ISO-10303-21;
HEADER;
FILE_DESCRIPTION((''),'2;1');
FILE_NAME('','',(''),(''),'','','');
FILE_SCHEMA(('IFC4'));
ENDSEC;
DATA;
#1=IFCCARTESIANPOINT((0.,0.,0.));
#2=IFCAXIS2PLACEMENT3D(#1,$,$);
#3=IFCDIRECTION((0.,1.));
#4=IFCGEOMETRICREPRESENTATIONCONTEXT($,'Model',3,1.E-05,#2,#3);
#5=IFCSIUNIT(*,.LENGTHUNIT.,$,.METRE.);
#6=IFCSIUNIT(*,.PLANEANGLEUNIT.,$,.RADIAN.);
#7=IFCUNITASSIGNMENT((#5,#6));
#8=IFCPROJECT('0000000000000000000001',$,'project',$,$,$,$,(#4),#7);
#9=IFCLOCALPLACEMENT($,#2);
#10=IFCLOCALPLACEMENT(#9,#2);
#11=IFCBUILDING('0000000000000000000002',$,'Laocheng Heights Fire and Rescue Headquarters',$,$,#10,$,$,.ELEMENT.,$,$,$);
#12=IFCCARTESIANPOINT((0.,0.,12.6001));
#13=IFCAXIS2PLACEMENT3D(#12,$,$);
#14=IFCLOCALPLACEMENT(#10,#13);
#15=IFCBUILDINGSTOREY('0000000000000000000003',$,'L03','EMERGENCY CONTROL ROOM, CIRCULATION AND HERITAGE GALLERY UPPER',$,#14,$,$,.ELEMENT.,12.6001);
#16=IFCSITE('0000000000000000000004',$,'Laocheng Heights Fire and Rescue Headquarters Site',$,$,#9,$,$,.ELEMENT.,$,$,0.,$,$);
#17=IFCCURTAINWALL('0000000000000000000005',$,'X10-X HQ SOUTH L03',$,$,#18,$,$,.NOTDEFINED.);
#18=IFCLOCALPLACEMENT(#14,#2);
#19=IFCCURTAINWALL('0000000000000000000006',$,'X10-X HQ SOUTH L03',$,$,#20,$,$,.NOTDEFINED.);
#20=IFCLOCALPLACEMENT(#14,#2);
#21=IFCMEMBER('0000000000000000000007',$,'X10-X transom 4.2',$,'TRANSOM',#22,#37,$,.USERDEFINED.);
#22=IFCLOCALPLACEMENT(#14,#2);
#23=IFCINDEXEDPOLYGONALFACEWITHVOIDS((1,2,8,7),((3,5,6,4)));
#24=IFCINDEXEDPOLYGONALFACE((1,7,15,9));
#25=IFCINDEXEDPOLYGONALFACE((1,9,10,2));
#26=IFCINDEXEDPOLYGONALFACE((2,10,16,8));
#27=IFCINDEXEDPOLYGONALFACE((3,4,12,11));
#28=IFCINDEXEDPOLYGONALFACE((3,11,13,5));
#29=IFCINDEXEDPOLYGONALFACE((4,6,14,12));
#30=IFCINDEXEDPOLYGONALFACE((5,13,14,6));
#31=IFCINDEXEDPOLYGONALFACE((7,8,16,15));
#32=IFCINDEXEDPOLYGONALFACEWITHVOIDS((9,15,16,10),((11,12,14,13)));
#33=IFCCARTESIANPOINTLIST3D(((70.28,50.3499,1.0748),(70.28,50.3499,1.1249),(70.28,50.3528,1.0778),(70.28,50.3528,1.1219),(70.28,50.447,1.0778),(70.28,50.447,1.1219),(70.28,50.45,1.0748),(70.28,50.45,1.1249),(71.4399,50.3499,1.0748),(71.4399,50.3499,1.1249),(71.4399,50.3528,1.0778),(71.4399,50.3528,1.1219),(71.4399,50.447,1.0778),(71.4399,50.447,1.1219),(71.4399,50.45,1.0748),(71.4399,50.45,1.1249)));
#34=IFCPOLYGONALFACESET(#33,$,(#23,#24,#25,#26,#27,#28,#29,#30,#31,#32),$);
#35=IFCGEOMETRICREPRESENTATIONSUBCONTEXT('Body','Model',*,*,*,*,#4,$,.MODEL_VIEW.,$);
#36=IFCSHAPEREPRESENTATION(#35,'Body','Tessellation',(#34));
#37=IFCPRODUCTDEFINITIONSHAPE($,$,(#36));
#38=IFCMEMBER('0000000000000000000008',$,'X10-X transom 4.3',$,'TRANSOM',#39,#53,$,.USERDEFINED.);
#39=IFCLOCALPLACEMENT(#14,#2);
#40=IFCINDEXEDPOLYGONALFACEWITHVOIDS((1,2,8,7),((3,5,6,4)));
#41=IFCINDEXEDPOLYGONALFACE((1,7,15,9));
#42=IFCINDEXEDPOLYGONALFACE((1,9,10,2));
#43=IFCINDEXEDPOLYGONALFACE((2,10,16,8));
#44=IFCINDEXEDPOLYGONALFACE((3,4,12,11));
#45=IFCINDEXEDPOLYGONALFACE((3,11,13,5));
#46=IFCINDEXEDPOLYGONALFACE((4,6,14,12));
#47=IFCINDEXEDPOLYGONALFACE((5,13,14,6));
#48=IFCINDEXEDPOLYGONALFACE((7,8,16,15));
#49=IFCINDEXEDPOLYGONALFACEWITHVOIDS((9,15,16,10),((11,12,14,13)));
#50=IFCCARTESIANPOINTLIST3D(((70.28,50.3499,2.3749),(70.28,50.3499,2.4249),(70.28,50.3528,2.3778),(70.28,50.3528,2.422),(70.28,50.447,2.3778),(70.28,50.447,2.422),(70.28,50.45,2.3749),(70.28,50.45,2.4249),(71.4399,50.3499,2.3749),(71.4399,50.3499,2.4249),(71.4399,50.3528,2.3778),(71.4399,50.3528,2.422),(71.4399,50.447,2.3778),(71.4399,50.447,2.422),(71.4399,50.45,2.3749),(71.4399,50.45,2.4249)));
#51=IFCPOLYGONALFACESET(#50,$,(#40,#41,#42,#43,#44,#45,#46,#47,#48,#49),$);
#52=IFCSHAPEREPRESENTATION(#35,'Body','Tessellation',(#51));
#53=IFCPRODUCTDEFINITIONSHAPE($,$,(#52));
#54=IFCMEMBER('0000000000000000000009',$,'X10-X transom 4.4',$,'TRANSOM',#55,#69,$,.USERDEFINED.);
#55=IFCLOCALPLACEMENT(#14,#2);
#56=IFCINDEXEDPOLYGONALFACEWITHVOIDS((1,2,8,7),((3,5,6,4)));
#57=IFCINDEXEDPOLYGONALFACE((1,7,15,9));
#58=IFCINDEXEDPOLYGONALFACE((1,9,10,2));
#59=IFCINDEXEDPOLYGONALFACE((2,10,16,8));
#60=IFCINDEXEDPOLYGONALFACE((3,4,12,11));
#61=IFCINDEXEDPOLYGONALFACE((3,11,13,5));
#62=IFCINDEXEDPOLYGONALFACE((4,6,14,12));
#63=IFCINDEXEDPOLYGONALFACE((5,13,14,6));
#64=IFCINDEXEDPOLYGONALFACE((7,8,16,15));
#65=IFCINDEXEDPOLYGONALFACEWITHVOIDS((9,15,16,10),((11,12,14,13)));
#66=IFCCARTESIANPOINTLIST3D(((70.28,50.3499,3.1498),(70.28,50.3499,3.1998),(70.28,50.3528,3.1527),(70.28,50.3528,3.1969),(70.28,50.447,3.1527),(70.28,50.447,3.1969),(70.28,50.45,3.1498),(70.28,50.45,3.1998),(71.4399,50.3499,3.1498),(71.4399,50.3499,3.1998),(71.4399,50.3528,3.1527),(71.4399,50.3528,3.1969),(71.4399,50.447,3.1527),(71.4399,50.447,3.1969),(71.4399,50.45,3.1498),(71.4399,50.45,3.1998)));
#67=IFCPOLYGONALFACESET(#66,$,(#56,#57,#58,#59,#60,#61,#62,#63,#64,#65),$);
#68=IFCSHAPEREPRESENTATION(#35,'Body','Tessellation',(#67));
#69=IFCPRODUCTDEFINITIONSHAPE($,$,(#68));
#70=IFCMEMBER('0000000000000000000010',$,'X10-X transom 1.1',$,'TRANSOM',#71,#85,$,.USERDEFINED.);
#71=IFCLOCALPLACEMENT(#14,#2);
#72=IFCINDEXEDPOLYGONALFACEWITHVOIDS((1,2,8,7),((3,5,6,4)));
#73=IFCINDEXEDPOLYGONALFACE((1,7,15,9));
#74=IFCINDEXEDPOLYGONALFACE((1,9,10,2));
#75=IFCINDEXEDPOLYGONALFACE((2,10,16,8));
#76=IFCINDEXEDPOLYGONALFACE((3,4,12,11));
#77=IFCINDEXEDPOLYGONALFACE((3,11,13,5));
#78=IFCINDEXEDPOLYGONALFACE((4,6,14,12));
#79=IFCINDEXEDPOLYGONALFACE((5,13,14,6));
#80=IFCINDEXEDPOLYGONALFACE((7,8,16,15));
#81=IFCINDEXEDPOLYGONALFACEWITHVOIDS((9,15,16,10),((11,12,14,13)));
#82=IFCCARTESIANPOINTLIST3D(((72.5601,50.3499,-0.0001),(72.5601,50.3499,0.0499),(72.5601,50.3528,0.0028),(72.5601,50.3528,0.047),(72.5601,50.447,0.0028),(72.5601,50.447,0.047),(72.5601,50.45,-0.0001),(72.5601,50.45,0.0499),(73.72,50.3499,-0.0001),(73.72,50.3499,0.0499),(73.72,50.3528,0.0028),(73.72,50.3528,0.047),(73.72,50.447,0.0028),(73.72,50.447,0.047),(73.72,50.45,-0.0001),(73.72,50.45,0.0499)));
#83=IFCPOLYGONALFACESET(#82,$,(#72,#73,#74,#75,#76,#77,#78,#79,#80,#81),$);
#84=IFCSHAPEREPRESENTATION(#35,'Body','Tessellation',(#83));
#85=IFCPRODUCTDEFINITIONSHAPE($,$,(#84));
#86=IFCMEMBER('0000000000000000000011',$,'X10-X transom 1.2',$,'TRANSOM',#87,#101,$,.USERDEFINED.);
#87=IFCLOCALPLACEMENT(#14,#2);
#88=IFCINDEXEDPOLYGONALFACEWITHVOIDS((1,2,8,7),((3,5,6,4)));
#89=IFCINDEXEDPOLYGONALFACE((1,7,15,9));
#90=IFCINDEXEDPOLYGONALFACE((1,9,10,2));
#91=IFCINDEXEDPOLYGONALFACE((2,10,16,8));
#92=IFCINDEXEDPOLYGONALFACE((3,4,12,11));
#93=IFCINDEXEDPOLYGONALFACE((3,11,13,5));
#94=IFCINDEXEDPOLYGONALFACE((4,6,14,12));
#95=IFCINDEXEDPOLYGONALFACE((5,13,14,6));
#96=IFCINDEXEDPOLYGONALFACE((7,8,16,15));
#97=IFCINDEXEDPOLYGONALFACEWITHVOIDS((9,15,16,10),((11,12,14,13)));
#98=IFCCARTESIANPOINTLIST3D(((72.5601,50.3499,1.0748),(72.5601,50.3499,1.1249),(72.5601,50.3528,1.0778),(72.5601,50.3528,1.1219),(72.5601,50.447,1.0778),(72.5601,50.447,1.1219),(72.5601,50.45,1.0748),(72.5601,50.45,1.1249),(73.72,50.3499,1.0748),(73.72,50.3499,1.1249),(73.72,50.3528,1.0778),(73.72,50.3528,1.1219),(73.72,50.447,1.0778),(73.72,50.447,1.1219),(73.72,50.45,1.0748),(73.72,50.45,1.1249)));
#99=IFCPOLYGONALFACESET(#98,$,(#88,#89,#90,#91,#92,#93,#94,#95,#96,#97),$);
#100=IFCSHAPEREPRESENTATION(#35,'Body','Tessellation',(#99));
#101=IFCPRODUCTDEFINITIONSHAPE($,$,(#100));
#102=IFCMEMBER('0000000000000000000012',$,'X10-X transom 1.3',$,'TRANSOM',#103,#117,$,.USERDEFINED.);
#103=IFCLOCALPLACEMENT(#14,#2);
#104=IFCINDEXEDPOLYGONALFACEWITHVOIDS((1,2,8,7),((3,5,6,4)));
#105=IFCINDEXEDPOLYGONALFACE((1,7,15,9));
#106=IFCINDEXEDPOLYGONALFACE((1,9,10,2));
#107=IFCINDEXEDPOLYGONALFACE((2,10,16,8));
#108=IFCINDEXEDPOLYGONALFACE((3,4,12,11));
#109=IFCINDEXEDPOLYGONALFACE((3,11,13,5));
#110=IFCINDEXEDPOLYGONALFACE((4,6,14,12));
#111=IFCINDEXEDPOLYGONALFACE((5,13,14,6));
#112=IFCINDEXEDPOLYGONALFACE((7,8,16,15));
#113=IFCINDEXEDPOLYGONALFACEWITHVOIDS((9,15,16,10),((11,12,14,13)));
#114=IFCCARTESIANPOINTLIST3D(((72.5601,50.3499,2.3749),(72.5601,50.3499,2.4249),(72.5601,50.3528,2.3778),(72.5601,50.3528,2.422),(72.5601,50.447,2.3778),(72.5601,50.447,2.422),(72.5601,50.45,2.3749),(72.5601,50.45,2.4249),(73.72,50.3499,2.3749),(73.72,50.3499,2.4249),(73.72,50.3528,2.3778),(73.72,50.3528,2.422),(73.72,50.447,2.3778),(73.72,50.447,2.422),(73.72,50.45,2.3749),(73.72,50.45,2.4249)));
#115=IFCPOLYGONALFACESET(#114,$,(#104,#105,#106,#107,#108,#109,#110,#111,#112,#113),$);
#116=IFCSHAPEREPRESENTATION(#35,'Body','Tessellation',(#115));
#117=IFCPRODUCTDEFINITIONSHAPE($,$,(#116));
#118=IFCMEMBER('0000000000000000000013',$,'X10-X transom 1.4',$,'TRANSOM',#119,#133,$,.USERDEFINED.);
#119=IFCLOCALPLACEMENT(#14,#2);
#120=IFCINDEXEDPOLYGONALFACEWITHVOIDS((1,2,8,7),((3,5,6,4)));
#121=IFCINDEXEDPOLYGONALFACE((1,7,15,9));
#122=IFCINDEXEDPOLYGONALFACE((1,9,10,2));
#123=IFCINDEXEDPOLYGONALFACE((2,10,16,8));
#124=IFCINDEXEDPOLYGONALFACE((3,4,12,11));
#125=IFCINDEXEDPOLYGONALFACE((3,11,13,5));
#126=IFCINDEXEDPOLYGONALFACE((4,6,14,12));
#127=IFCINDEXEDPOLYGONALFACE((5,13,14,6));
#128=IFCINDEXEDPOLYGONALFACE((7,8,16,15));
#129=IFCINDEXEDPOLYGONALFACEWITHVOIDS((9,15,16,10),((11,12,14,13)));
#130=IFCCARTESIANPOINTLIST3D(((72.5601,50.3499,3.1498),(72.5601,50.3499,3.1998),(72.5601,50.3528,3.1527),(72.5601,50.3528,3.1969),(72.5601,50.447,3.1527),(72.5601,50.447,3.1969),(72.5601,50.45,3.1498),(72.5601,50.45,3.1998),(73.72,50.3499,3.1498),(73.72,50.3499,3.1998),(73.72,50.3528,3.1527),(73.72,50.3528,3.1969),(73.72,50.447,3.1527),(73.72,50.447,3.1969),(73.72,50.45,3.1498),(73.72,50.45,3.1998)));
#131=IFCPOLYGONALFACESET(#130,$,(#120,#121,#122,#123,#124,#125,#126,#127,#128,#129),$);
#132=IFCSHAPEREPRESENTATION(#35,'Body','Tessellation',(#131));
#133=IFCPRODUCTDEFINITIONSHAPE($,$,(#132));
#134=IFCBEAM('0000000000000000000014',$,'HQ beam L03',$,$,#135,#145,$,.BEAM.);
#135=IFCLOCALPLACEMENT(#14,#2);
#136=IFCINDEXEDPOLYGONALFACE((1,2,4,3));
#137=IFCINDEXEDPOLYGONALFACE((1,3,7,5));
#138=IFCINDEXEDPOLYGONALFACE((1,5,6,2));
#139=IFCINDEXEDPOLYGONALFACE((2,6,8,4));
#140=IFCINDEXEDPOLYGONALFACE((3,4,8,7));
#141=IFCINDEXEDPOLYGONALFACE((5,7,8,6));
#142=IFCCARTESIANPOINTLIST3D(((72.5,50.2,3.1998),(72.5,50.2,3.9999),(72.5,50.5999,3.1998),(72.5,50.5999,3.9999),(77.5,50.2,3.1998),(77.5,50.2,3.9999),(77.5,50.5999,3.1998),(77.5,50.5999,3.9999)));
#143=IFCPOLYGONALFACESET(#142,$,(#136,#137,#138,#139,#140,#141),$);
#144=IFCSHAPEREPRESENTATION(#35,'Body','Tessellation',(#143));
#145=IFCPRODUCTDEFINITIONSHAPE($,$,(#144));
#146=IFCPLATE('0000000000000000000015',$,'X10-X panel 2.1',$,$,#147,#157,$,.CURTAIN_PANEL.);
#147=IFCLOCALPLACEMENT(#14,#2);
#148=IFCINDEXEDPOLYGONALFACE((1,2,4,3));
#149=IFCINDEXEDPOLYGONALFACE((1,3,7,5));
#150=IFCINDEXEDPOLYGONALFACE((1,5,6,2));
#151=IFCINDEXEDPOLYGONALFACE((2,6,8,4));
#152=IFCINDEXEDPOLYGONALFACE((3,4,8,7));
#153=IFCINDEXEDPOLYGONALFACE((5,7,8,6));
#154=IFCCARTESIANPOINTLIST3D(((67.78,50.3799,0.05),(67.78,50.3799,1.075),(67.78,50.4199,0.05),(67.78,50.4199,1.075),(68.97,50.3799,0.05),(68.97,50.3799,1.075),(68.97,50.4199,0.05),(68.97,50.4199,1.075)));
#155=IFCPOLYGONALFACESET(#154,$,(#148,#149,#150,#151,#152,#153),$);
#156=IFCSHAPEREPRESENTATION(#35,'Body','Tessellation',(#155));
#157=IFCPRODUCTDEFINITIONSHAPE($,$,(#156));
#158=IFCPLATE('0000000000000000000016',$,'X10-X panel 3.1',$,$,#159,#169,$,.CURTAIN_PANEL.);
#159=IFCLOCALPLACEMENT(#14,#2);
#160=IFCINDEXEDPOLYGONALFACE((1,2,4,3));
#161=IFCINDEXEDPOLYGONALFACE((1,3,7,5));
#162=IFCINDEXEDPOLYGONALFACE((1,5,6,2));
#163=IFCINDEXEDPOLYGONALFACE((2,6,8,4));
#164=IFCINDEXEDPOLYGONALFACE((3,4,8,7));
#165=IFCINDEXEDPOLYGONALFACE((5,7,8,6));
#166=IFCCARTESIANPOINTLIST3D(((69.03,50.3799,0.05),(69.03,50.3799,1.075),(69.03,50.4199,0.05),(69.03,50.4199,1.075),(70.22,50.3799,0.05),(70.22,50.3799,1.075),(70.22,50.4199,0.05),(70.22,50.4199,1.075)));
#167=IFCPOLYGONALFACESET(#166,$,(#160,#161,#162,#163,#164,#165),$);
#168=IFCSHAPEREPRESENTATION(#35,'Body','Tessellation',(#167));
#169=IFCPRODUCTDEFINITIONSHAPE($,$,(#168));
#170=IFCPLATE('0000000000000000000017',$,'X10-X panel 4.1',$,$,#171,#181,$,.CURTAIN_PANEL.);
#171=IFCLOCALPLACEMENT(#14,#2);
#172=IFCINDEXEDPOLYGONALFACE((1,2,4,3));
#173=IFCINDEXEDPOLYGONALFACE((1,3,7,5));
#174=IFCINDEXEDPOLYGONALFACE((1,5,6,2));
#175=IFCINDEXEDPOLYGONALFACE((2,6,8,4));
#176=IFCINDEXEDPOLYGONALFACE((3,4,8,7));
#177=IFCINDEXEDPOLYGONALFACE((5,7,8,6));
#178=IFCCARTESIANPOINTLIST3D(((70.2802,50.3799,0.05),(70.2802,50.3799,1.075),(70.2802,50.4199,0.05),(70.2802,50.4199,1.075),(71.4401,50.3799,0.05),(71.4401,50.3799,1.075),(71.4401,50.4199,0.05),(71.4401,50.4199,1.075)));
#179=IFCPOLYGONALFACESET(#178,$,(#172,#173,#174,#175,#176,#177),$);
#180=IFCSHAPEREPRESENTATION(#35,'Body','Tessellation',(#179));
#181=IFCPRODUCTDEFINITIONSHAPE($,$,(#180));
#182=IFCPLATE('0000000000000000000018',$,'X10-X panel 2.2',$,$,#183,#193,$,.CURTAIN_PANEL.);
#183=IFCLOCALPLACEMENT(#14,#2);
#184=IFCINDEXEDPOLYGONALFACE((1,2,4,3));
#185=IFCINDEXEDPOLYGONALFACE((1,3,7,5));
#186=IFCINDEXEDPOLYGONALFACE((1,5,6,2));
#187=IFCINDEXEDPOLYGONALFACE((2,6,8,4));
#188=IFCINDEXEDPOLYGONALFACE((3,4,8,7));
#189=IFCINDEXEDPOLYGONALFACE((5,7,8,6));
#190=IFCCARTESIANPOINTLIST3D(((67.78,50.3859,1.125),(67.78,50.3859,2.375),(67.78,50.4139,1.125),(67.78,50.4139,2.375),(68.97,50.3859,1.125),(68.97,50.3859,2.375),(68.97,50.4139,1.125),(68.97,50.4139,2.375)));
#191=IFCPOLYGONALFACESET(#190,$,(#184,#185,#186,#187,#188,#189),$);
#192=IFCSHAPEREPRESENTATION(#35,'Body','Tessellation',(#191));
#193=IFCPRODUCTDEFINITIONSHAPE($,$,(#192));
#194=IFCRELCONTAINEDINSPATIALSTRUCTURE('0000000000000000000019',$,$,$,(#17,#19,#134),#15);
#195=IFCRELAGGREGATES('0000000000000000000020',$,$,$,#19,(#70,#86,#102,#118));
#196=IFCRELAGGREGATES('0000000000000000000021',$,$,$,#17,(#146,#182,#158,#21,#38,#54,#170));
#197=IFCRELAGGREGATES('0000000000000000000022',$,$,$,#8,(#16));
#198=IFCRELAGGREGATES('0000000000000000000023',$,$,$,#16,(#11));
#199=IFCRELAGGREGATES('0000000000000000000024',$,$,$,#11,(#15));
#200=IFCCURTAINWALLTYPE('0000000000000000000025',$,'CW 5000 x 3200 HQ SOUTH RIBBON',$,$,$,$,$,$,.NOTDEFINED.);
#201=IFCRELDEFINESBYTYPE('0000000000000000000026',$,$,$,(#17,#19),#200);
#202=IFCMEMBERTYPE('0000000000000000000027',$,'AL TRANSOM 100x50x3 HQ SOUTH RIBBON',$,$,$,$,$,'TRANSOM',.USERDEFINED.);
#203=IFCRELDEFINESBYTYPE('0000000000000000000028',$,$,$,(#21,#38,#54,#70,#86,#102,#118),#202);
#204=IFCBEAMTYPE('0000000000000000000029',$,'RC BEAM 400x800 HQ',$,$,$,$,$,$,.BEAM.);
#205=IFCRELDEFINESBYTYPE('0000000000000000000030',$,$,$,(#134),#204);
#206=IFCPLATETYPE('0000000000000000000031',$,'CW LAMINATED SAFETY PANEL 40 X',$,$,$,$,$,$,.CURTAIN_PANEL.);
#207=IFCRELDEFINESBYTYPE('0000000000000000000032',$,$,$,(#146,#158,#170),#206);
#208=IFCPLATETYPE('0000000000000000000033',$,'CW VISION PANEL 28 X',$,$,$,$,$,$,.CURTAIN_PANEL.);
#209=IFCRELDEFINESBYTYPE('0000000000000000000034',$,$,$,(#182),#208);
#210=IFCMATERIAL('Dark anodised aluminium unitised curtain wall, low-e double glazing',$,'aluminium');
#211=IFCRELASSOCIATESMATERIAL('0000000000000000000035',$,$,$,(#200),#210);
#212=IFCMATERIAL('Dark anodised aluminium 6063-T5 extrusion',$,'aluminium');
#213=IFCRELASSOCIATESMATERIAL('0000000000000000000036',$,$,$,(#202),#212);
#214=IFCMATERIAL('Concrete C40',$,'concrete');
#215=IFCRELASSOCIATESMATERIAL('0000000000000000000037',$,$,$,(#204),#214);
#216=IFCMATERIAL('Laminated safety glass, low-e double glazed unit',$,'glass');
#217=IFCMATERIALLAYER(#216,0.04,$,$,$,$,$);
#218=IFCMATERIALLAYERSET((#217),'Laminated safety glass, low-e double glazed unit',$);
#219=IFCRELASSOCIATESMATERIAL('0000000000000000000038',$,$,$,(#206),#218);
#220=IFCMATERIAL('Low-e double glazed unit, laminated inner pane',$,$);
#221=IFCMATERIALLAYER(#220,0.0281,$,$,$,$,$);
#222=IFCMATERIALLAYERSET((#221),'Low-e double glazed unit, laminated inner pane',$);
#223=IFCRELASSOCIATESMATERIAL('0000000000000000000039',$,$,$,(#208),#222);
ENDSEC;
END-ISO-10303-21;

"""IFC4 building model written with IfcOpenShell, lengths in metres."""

from ifc_helpers import new_model, si_unit, direction, frame, origin, origin_2d, place, context, subcontext, project, spatial, rectangle, hollow_rectangle, extrude, material, layer, layer_set, material_profile, profile_set, type_object, element, aggregate, save


model = new_model("IFC4")

# Units and contexts
model_context = context("Model", 3, precision=1e-05, world=origin(), true_north=direction((0.0, 1.0)))
body_context = subcontext(model_context, "Body", "Model", "MODEL_VIEW")
ifc_project = project(units=[si_unit("LENGTHUNIT", "METRE"), si_unit("PLANEANGLEUNIT", "RADIAN")], contexts=[model_context])

# Site, building, storey
site_placement = place(None, origin())
site = spatial("IfcSite", under=ifc_project, at=site_placement, Name="Laocheng Heights Fire and Rescue Headquarters Site", CompositionType="ELEMENT", RefElevation=0.0)
building_placement = place(site_placement, origin())
building = spatial("IfcBuilding", under=site, at=building_placement, Name="Laocheng Heights Fire and Rescue Headquarters", CompositionType="ELEMENT")
storey_placement = place(building_placement, frame((0.0, 0.0, 12.6001)))
storey = spatial("IfcBuildingStorey", under=building, at=storey_placement, Name="L03", Description="EMERGENCY CONTROL ROOM, CIRCULATION AND HERITAGE GALLERY UPPER", CompositionType="ELEMENT", Elevation=12.6001)

# Curtain wall
ifc_material_1 = material(Name="Dark anodised aluminium unitised curtain wall, low-e double glazing", Category="aluminium")
curtain_wall_type = type_object("IfcCurtainWallType", Name="CW 5000 x 3200 HQ SOUTH RIBBON", PredefinedType="NOTDEFINED", material=ifc_material_1)
curtain_wall_1_placement = place(storey_placement, origin())
curtain_wall_1 = element("IfcCurtainWall", 1, at=curtain_wall_1_placement, inside=storey, type_object=curtain_wall_type, Name="X10-X HQ SOUTH L03", PredefinedType="NOTDEFINED")

# Curtain wall
curtain_wall_2_placement = place(storey_placement, origin())
curtain_wall_2 = element("IfcCurtainWall", 2, at=curtain_wall_2_placement, inside=storey, type_object=curtain_wall_type, Name="X10-X HQ SOUTH L03", PredefinedType="NOTDEFINED")

# Members
ifc_material_2 = material(Name="Dark anodised aluminium 6063-T5 extrusion", Category="aluminium")
ifc_material_profile_1 = material_profile(ifc_material_2, hollow_rectangle(XDim=0.1001, YDim=0.05, WallThickness=0.0029, at=origin_2d()), Name="AL TRANSOM 100x50x3 HQ SOUTH RIBBON")
ifc_profile_set_1 = profile_set([ifc_material_profile_1], Name="Dark anodised aluminium 6063-T5 extrusion")
member_type_1 = type_object("IfcMemberType", Name="AL TRANSOM 100x50x3 HQ SOUTH RIBBON", ElementType="TRANSOM", PredefinedType="USERDEFINED", material=ifc_profile_set_1)
member_1_placement = place(storey_placement, frame((70.28, 50.3999, 1.0999), z_axis=(1.0, 0.0, 0.0), x_axis=(0.0, 1.0, 0.0)))
member_1 = element("IfcMember", 3, at=member_1_placement, type_object=member_type_1, Name="X10-X transom 4.2", ObjectType="TRANSOM", PredefinedType="USERDEFINED", context=body_context, shape_type="SweptSolid", body=[
    extrude(hollow_rectangle(XDim=0.1001, YDim=0.05, WallThickness=0.0029, at=origin_2d()), origin(), (0.0, 0.0, 1.0), 1.1599),
])
member_2_placement = place(storey_placement, frame((70.28, 50.3999, 2.3999), z_axis=(1.0, 0.0, 0.0), x_axis=(0.0, 1.0, 0.0)))
member_2 = element("IfcMember", 4, at=member_2_placement, type_object=member_type_1, Name="X10-X transom 4.3", ObjectType="TRANSOM", PredefinedType="USERDEFINED", context=body_context, shape_type="SweptSolid", body=[
    extrude(hollow_rectangle(XDim=0.1001, YDim=0.05, WallThickness=0.0029, at=origin_2d()), origin(), (0.0, 0.0, 1.0), 1.1599),
])
member_3_placement = place(storey_placement, frame((70.28, 50.3999, 3.1748), z_axis=(1.0, 0.0, 0.0), x_axis=(0.0, 1.0, 0.0)))
member_3 = element("IfcMember", 5, at=member_3_placement, type_object=member_type_1, Name="X10-X transom 4.4", ObjectType="TRANSOM", PredefinedType="USERDEFINED", context=body_context, shape_type="SweptSolid", body=[
    extrude(hollow_rectangle(XDim=0.1001, YDim=0.05, WallThickness=0.0029, at=origin_2d()), origin(), (0.0, 0.0, 1.0), 1.1599),
])
member_4_placement = place(storey_placement, frame((72.5601, 50.3999, 0.0249), z_axis=(1.0, 0.0, 0.0), x_axis=(0.0, 1.0, 0.0)))
member_4 = element("IfcMember", 6, at=member_4_placement, type_object=member_type_1, Name="X10-X transom 1.1", ObjectType="TRANSOM", PredefinedType="USERDEFINED", context=body_context, shape_type="SweptSolid", body=[
    extrude(hollow_rectangle(XDim=0.1001, YDim=0.05, WallThickness=0.0029, at=origin_2d()), origin(), (0.0, 0.0, 1.0), 1.1599),
])
member_5_placement = place(storey_placement, frame((72.5601, 50.3999, 1.0999), z_axis=(1.0, 0.0, 0.0), x_axis=(0.0, 1.0, 0.0)))
member_5 = element("IfcMember", 7, at=member_5_placement, type_object=member_type_1, Name="X10-X transom 1.2", ObjectType="TRANSOM", PredefinedType="USERDEFINED", context=body_context, shape_type="SweptSolid", body=[
    extrude(hollow_rectangle(XDim=0.1001, YDim=0.05, WallThickness=0.0029, at=origin_2d()), origin(), (0.0, 0.0, 1.0), 1.1599),
])
member_6_placement = place(storey_placement, frame((72.5601, 50.3999, 2.3999), z_axis=(1.0, 0.0, 0.0), x_axis=(0.0, 1.0, 0.0)))
member_6 = element("IfcMember", 8, at=member_6_placement, type_object=member_type_1, Name="X10-X transom 1.3", ObjectType="TRANSOM", PredefinedType="USERDEFINED", context=body_context, shape_type="SweptSolid", body=[
    extrude(hollow_rectangle(XDim=0.1001, YDim=0.05, WallThickness=0.0029, at=origin_2d()), origin(), (0.0, 0.0, 1.0), 1.1599),
])
member_7_placement = place(storey_placement, frame((72.5601, 50.3999, 3.1748), z_axis=(1.0, 0.0, 0.0), x_axis=(0.0, 1.0, 0.0)))
member_7 = element("IfcMember", 9, at=member_7_placement, type_object=member_type_1, Name="X10-X transom 1.4", ObjectType="TRANSOM", PredefinedType="USERDEFINED", context=body_context, shape_type="SweptSolid", body=[
    extrude(hollow_rectangle(XDim=0.1001, YDim=0.05, WallThickness=0.0029, at=origin_2d()), origin(), (0.0, 0.0, 1.0), 1.1599),
])
aggregate(curtain_wall_2, [member_4, member_5, member_6, member_7])

# Beam
ifc_material_3 = material(Name="Concrete C40", Category="concrete")
ifc_material_profile_2 = material_profile(ifc_material_3, rectangle(XDim=0.3999, YDim=0.8, at=origin_2d()), Name="RC BEAM 400x800 HQ")
ifc_profile_set_2 = profile_set([ifc_material_profile_2], Name="Concrete C40")
beam_type = type_object("IfcBeamType", Name="RC BEAM 400x800 HQ", PredefinedType="BEAM", material=ifc_profile_set_2)
beam_placement = place(storey_placement, frame((72.5, 50.3999, 3.5999), z_axis=(1.0, 0.0, 0.0), x_axis=(0.0, 1.0, 0.0)))
element("IfcBeam", 10, at=beam_placement, inside=storey, type_object=beam_type, Name="HQ beam L03", PredefinedType="BEAM", context=body_context, shape_type="SweptSolid", body=[
    extrude(rectangle(XDim=0.3999, YDim=0.8, at=origin_2d()), origin(), (0.0, 0.0, 1.0), 5.0),
])

# Plates
ifc_material_4 = material(Name="Laminated safety glass, low-e double glazed unit", Category="glass")
ifc_layer_1 = layer(ifc_material_4, 0.04)
ifc_layer_set_1 = layer_set([ifc_layer_1], Name="Laminated safety glass, low-e double glazed unit")
plate_type_1 = type_object("IfcPlateType", Name="CW LAMINATED SAFETY PANEL 40 X", PredefinedType="CURTAIN_PANEL", material=ifc_layer_set_1)
plate_1_placement = place(storey_placement, frame((68.375, 50.3999, 0.05), z_axis=(0.0, 0.0, 1.0), x_axis=(1.0, 0.0, 0.0)))
plate_1 = element("IfcPlate", 11, at=plate_1_placement, type_object=plate_type_1, Name="X10-X panel 2.1", PredefinedType="CURTAIN_PANEL", context=body_context, shape_type="SweptSolid", body=[
    extrude(rectangle(XDim=1.1899, YDim=0.04, at=origin_2d()), origin(), (0.0, 0.0, 1.0), 1.0249),
])
plate_2_placement = place(storey_placement, frame((69.625, 50.3999, 0.05), z_axis=(0.0, 0.0, 1.0), x_axis=(1.0, 0.0, 0.0)))
plate_2 = element("IfcPlate", 12, at=plate_2_placement, type_object=plate_type_1, Name="X10-X panel 3.1", PredefinedType="CURTAIN_PANEL", context=body_context, shape_type="SweptSolid", body=[
    extrude(rectangle(XDim=1.1899, YDim=0.04, at=origin_2d()), origin(), (0.0, 0.0, 1.0), 1.0249),
])
plate_3_placement = place(storey_placement, frame((70.8601, 50.3999, 0.05), z_axis=(0.0, 0.0, 1.0), x_axis=(1.0, 0.0, 0.0)))
plate_3 = element("IfcPlate", 13, at=plate_3_placement, type_object=plate_type_1, Name="X10-X panel 4.1", PredefinedType="CURTAIN_PANEL", context=body_context, shape_type="SweptSolid", body=[
    extrude(rectangle(XDim=1.1599, YDim=0.04, at=origin_2d()), origin(), (0.0, 0.0, 1.0), 1.0249),
])
ifc_material_5 = material(Name="Low-e double glazed unit, laminated inner pane")
ifc_layer_2 = layer(ifc_material_5, 0.0281)
ifc_layer_set_2 = layer_set([ifc_layer_2], Name="Low-e double glazed unit, laminated inner pane")
plate_type_2 = type_object("IfcPlateType", Name="CW VISION PANEL 28 X", PredefinedType="CURTAIN_PANEL", material=ifc_layer_set_2)
plate_4_placement = place(storey_placement, frame((68.375, 50.3999, 1.125), z_axis=(0.0, 0.0, 1.0), x_axis=(1.0, 0.0, 0.0)))
plate_4 = element("IfcPlate", 14, at=plate_4_placement, type_object=plate_type_2, Name="X10-X panel 2.2", PredefinedType="CURTAIN_PANEL", context=body_context, shape_type="SweptSolid", body=[
    extrude(rectangle(XDim=1.1899, YDim=0.0281, at=origin_2d()), origin(), (0.0, 0.0, 1.0), 1.25),
])
aggregate(curtain_wall_1, [plate_1, plate_4, plate_2, member_1, member_2, member_3, plate_3])

save(model, "model.ifc")
